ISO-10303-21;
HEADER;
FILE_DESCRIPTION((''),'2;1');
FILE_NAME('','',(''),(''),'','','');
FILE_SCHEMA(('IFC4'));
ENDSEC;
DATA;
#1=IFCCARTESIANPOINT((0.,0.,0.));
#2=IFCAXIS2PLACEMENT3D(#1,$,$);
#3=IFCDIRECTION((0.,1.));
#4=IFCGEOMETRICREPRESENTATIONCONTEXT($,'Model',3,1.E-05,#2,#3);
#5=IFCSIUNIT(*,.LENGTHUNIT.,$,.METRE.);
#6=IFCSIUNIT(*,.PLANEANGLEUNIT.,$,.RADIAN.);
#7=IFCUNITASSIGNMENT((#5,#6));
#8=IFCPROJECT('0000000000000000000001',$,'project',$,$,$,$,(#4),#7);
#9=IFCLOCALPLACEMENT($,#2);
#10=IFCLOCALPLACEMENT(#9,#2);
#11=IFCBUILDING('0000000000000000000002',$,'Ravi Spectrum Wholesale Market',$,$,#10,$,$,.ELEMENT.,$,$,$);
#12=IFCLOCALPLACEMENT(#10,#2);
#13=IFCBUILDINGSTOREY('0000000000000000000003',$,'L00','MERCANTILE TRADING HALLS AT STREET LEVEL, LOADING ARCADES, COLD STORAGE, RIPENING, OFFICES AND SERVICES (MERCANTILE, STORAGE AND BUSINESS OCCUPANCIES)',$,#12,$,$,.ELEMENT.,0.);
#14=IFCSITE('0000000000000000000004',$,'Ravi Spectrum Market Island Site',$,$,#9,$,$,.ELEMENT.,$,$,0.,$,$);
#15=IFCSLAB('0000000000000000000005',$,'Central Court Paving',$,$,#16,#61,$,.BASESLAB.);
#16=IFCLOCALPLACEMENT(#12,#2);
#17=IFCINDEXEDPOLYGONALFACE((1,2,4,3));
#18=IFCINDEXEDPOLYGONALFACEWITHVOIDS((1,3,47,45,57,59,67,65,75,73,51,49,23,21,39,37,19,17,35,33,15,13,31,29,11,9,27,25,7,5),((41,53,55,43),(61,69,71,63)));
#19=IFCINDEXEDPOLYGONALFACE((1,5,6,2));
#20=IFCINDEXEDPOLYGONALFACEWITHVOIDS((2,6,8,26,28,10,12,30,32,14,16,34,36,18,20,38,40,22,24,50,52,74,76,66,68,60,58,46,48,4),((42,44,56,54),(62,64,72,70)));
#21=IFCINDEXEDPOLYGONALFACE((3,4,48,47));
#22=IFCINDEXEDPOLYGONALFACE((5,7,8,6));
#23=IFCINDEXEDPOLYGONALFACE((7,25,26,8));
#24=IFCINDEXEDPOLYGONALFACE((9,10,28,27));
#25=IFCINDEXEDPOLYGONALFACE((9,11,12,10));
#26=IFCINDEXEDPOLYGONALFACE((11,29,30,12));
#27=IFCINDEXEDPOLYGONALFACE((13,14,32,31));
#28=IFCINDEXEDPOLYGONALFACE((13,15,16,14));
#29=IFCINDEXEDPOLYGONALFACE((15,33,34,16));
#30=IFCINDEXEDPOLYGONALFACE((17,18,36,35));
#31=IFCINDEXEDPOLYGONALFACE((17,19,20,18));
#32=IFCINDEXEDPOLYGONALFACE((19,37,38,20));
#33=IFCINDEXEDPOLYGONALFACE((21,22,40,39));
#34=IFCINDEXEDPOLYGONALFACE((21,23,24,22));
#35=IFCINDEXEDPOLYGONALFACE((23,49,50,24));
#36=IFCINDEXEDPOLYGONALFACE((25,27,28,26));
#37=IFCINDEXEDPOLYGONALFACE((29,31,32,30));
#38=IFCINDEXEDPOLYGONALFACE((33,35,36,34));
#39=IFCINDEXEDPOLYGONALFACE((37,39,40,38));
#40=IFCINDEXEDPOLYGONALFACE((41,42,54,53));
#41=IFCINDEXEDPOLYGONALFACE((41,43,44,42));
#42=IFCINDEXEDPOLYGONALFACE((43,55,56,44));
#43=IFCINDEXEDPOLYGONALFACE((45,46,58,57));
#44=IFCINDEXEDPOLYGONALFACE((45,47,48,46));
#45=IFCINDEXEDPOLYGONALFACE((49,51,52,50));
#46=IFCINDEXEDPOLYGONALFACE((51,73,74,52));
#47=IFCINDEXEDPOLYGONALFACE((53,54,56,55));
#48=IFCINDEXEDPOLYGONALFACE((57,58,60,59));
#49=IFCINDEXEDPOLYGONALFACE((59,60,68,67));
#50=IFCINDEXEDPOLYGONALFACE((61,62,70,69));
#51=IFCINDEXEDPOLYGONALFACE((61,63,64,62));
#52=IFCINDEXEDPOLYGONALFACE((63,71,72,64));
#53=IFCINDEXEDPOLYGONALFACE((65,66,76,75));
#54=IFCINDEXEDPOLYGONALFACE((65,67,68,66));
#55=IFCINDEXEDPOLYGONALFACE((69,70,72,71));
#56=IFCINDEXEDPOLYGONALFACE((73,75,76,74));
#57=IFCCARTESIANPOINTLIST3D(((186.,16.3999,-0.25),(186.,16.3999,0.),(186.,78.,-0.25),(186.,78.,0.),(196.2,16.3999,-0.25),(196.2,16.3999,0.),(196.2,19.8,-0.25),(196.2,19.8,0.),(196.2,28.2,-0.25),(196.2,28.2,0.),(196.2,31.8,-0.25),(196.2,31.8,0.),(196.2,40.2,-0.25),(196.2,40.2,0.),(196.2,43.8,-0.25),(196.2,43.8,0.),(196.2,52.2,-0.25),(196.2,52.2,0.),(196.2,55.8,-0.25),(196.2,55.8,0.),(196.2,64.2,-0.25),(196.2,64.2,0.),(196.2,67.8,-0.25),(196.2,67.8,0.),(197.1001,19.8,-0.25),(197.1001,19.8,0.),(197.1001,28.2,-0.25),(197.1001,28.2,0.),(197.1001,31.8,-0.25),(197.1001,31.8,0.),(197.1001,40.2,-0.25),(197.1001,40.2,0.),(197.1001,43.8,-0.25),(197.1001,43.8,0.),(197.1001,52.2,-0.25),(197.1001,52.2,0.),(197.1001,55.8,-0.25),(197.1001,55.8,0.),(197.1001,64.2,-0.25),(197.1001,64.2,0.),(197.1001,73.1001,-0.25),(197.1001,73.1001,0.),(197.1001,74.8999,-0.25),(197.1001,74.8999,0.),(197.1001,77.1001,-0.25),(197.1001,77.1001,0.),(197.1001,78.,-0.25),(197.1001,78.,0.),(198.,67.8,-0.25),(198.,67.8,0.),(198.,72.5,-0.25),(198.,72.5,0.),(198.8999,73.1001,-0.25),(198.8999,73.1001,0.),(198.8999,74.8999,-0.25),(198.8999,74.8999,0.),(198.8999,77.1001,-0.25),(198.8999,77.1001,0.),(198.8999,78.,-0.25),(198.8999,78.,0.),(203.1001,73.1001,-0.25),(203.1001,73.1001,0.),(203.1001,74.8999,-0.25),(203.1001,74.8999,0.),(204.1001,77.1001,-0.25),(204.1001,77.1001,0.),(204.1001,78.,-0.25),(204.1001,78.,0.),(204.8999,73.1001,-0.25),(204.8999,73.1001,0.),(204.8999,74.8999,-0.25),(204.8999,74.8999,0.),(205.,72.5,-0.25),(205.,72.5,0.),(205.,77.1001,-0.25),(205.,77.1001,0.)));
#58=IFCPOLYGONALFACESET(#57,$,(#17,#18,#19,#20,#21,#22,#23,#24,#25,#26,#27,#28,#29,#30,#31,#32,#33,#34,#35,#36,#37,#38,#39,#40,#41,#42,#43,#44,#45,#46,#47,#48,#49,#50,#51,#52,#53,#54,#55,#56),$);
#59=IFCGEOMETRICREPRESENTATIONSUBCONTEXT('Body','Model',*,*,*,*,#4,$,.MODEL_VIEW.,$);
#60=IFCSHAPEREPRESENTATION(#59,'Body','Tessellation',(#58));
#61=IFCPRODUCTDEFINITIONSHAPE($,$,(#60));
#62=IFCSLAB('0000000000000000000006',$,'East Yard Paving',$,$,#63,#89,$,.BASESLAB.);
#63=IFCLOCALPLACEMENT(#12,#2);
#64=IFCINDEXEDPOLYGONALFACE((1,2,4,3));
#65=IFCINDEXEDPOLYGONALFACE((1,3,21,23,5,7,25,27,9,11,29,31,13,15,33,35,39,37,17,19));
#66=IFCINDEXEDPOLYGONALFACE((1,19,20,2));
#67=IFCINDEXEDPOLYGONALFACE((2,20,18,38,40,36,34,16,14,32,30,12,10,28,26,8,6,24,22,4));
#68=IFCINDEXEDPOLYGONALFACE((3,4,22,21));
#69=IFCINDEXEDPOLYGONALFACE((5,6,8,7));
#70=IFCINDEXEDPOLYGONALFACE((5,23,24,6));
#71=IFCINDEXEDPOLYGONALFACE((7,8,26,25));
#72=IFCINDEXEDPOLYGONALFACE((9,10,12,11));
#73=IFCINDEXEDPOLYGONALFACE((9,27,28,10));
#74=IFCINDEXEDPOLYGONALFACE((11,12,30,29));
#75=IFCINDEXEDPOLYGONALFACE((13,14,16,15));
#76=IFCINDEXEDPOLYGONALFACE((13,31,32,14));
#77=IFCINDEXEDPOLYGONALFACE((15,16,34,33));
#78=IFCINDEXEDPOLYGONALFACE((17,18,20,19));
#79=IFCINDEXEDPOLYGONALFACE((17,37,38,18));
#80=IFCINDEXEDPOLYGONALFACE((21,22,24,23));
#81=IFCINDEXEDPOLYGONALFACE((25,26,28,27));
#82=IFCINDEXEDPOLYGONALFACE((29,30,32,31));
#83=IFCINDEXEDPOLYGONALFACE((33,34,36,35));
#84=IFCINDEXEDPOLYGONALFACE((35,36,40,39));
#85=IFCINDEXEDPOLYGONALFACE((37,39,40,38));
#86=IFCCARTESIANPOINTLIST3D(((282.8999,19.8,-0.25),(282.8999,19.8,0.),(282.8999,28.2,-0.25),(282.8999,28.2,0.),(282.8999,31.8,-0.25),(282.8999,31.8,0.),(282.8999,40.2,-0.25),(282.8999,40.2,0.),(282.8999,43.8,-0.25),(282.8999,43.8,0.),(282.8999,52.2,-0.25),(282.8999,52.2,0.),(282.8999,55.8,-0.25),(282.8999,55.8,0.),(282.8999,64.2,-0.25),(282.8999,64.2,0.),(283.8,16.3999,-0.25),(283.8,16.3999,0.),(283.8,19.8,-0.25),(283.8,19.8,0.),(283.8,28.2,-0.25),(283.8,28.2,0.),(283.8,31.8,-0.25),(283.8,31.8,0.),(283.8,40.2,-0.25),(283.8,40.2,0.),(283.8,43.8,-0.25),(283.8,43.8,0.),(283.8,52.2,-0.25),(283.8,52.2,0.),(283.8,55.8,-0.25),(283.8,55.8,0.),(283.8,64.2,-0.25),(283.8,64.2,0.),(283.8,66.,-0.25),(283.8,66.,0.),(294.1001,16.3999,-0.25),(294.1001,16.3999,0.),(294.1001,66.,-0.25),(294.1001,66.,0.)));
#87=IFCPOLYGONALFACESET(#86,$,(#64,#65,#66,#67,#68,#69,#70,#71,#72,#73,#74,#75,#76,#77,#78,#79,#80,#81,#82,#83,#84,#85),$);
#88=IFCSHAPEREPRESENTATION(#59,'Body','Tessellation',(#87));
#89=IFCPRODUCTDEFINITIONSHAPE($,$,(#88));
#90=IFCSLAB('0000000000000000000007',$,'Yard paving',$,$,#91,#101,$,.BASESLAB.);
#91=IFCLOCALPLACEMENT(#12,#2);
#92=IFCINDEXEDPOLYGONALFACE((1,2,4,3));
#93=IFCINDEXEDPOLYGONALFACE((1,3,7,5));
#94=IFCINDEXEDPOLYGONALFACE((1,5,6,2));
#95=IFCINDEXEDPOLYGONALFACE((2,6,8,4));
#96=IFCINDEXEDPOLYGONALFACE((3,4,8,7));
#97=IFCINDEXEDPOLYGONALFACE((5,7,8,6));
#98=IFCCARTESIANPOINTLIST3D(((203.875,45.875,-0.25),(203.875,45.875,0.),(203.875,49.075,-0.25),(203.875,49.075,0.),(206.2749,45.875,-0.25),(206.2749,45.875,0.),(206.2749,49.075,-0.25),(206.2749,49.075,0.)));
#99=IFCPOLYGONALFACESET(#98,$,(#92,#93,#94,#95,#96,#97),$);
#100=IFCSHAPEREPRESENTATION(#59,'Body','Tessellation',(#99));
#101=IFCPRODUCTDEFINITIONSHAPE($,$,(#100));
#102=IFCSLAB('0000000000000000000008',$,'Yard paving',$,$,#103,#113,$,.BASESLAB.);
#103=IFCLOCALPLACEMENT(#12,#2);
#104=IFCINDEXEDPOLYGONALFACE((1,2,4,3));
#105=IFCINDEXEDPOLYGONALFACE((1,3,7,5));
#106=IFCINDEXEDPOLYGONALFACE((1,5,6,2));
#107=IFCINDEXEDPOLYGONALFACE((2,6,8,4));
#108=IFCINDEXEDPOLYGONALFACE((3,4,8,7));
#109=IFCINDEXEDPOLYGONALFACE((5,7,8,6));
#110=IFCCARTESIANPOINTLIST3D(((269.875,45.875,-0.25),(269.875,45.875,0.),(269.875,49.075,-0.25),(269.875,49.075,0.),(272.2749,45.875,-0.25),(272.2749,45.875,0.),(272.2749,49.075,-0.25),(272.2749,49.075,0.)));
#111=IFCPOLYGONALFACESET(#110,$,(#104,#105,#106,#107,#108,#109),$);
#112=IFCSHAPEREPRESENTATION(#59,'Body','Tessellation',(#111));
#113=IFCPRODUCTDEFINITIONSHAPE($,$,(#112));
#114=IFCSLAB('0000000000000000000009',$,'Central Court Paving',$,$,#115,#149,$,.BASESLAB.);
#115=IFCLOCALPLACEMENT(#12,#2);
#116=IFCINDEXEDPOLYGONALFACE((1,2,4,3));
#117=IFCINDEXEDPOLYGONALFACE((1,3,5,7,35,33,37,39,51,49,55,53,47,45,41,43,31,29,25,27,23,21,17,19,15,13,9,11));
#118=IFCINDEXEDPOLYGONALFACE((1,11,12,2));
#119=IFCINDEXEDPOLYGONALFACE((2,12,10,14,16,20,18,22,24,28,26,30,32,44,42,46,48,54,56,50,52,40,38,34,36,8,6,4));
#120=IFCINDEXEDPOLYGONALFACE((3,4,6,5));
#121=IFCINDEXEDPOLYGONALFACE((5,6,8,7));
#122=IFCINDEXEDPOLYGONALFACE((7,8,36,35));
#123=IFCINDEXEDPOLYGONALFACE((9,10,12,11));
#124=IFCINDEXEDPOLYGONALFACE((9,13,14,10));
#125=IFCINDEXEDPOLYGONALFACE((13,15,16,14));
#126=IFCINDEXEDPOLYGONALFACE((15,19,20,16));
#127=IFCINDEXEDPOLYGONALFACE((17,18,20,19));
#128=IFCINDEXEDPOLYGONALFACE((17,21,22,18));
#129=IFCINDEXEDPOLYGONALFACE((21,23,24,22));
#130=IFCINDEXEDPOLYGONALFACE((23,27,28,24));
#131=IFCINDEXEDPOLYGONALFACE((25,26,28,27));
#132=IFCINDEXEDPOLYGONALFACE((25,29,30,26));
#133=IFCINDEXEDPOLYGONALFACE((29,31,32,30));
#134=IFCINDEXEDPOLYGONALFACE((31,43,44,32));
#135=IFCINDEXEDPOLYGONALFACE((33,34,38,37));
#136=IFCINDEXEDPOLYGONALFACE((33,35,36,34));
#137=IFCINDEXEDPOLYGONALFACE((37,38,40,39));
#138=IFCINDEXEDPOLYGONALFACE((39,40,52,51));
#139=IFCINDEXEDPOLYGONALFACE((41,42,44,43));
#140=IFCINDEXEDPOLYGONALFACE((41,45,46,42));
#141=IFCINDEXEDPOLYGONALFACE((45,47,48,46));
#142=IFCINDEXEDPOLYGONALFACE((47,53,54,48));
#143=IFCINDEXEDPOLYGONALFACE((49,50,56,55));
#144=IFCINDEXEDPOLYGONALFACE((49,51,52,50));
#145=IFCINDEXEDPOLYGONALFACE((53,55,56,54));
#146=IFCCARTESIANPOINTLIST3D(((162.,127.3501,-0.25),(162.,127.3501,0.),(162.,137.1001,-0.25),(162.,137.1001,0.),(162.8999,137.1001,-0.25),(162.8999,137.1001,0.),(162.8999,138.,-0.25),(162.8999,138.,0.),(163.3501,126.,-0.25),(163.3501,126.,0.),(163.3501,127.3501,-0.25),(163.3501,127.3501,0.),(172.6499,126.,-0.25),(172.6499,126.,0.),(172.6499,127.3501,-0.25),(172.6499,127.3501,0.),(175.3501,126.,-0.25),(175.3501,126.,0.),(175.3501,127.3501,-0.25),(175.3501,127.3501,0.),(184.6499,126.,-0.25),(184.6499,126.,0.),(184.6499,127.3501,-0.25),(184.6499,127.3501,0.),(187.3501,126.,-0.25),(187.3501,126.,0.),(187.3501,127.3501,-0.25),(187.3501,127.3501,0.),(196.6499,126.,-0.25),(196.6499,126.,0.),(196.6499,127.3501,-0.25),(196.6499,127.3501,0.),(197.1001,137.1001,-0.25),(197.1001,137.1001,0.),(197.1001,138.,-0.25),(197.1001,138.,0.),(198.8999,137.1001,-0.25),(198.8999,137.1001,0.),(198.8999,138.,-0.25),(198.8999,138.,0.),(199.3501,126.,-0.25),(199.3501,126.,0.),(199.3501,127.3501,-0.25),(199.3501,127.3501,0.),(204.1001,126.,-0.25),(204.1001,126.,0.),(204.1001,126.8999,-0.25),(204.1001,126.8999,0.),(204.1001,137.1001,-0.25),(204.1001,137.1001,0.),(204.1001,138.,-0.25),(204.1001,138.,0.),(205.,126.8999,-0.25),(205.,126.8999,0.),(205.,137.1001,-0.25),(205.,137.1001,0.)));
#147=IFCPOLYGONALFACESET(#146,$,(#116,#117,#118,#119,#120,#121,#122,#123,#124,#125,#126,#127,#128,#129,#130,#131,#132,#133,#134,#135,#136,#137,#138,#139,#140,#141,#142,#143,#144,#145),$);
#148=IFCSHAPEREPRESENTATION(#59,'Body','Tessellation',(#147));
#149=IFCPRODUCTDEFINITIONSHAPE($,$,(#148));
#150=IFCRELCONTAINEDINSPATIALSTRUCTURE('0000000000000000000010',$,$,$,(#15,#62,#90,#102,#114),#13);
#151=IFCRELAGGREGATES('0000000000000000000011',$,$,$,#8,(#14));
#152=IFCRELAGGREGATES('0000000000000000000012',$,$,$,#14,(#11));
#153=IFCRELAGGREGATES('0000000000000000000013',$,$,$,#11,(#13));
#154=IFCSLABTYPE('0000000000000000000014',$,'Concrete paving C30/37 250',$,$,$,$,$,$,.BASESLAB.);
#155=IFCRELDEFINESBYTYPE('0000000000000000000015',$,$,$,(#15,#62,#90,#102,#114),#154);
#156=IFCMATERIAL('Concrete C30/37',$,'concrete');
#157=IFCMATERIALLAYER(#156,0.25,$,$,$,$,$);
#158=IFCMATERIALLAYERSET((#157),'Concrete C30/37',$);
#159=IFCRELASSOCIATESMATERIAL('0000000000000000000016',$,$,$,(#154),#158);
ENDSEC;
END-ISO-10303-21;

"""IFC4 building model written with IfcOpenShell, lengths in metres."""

from ifc_helpers import new_model, si_unit, direction, frame, origin, place, context, subcontext, project, spatial, polyline, outline, extrude, material, layer, layer_set, type_object, element, save


model = new_model("IFC4")

# Units and contexts
model_context = context("Model", 3, precision=1e-05, world=origin(), true_north=direction((0.0, 1.0)))
body_context = subcontext(model_context, "Body", "Model", "MODEL_VIEW")
ifc_project = project(units=[si_unit("LENGTHUNIT", "METRE"), si_unit("PLANEANGLEUNIT", "RADIAN")], contexts=[model_context])

# Site, building, storey
site_placement = place(None, origin())
site = spatial("IfcSite", under=ifc_project, at=site_placement, Name="Ravi Spectrum Market Island Site", CompositionType="ELEMENT", RefElevation=0.0)
building_placement = place(site_placement, origin())
building = spatial("IfcBuilding", under=site, at=building_placement, Name="Ravi Spectrum Wholesale Market", CompositionType="ELEMENT")
storey_placement = place(building_placement, origin())
storey = spatial("IfcBuildingStorey", under=building, at=storey_placement, Name="L00", Description="MERCANTILE TRADING HALLS AT STREET LEVEL, LOADING ARCADES, COLD STORAGE, RIPENING, OFFICES AND SERVICES (MERCANTILE, STORAGE AND BUSINESS OCCUPANCIES)", CompositionType="ELEMENT", Elevation=0.0)

# Slabs
ifc_material_1 = material(Name="Concrete C30/37", Category="concrete")
ifc_layer_1 = layer(ifc_material_1, 0.25)
ifc_layer_set_1 = layer_set([ifc_layer_1], Name="Concrete C30/37")
slab_type_1 = type_object("IfcSlabType", Name="Concrete paving C30/37 250", PredefinedType="BASESLAB", material=ifc_layer_set_1)
slab_1_placement = place(storey_placement, frame((0.0, 0.0, -0.25)))
element("IfcSlab", 1, at=slab_1_placement, inside=storey, type_object=slab_type_1, Name="Central Court Paving", PredefinedType="BASESLAB", context=body_context, shape_type="SweptSolid", body=[
    extrude(outline(polyline([(196.2, 67.8), (198.0, 67.8), (198.0, 72.5), (205.0, 72.5), (205.0, 77.1001), (204.1001, 77.1001), (204.1001, 78.0), (198.8999, 78.0), (198.8999, 77.1001), (197.1001, 77.1001), (197.1001, 78.0), (186.0, 78.0), (186.0, 16.3999), (196.2, 16.3999), (196.2, 19.8), (197.1001, 19.8), (197.1001, 28.2), (196.2, 28.2), (196.2, 31.8), (197.1001, 31.8), (197.1001, 40.2), (196.2, 40.2), (196.2, 43.8), (197.1001, 43.8), (197.1001, 52.2), (196.2, 52.2), (196.2, 55.8), (197.1001, 55.8), (197.1001, 64.2), (196.2, 64.2), (196.2, 67.8)]), holes=[polyline([(203.1001, 74.8999), (204.8999, 74.8999), (204.8999, 73.1001), (203.1001, 73.1001), (203.1001, 74.8999)]), polyline([(197.1001, 73.1001), (197.1001, 74.8999), (198.8999, 74.8999), (198.8999, 73.1001), (197.1001, 73.1001)])]), origin(), (0.0, 0.0, 1.0), 0.25),
])
slab_2_placement = place(storey_placement, frame((0.0, 0.0, -0.25)))
element("IfcSlab", 2, at=slab_2_placement, inside=storey, type_object=slab_type_1, Name="East Yard Paving", PredefinedType="BASESLAB", context=body_context, shape_type="SweptSolid", body=[
    extrude(outline(polyline([(283.8, 19.8), (283.8, 16.3999), (294.1001, 16.3999), (294.1001, 66.0), (283.8, 66.0), (283.8, 64.2), (282.8999, 64.2), (282.8999, 55.8), (283.8, 55.8), (283.8, 52.2), (282.8999, 52.2), (282.8999, 43.8), (283.8, 43.8), (283.8, 40.2), (282.8999, 40.2), (282.8999, 31.8), (283.8, 31.8), (283.8, 28.2), (282.8999, 28.2), (282.8999, 19.8), (283.8, 19.8)])), origin(), (0.0, 0.0, 1.0), 0.25),
])
slab_3_placement = place(storey_placement, frame((0.0, 0.0, -0.25)))
element("IfcSlab", 3, at=slab_3_placement, inside=storey, type_object=slab_type_1, Name="Yard paving", PredefinedType="BASESLAB", context=body_context, shape_type="SweptSolid", body=[
    extrude(outline(polyline([(206.2749, 49.075), (203.875, 49.075), (203.875, 45.875), (206.2749, 45.875), (206.2749, 49.075)])), origin(), (0.0, 0.0, 1.0), 0.25),
])
slab_4_placement = place(storey_placement, frame((0.0, 0.0, -0.25)))
element("IfcSlab", 4, at=slab_4_placement, inside=storey, type_object=slab_type_1, Name="Yard paving", PredefinedType="BASESLAB", context=body_context, shape_type="SweptSolid", body=[
    extrude(outline(polyline([(272.2749, 45.875), (272.2749, 49.075), (269.875, 49.075), (269.875, 45.875), (272.2749, 45.875)])), origin(), (0.0, 0.0, 1.0), 0.25),
])
slab_5_placement = place(storey_placement, frame((0.0, 0.0, -0.25)))
element("IfcSlab", 5, at=slab_5_placement, inside=storey, type_object=slab_type_1, Name="Central Court Paving", PredefinedType="BASESLAB", context=body_context, shape_type="SweptSolid", body=[
    extrude(outline(polyline([(199.3501, 126.0), (204.1001, 126.0), (204.1001, 126.8999), (205.0, 126.8999), (205.0, 137.1001), (204.1001, 137.1001), (204.1001, 138.0), (198.8999, 138.0), (198.8999, 137.1001), (197.1001, 137.1001), (197.1001, 138.0), (162.8999, 138.0), (162.8999, 137.1001), (162.0, 137.1001), (162.0, 127.3501), (163.3501, 127.3501), (163.3501, 126.0), (172.6499, 126.0), (172.6499, 127.3501), (175.3501, 127.3501), (175.3501, 126.0), (184.6499, 126.0), (184.6499, 127.3501), (187.3501, 127.3501), (187.3501, 126.0), (196.6499, 126.0), (196.6499, 127.3501), (199.3501, 127.3501), (199.3501, 126.0)])), origin(), (0.0, 0.0, 1.0), 0.25),
])

save(model, "model.ifc")
